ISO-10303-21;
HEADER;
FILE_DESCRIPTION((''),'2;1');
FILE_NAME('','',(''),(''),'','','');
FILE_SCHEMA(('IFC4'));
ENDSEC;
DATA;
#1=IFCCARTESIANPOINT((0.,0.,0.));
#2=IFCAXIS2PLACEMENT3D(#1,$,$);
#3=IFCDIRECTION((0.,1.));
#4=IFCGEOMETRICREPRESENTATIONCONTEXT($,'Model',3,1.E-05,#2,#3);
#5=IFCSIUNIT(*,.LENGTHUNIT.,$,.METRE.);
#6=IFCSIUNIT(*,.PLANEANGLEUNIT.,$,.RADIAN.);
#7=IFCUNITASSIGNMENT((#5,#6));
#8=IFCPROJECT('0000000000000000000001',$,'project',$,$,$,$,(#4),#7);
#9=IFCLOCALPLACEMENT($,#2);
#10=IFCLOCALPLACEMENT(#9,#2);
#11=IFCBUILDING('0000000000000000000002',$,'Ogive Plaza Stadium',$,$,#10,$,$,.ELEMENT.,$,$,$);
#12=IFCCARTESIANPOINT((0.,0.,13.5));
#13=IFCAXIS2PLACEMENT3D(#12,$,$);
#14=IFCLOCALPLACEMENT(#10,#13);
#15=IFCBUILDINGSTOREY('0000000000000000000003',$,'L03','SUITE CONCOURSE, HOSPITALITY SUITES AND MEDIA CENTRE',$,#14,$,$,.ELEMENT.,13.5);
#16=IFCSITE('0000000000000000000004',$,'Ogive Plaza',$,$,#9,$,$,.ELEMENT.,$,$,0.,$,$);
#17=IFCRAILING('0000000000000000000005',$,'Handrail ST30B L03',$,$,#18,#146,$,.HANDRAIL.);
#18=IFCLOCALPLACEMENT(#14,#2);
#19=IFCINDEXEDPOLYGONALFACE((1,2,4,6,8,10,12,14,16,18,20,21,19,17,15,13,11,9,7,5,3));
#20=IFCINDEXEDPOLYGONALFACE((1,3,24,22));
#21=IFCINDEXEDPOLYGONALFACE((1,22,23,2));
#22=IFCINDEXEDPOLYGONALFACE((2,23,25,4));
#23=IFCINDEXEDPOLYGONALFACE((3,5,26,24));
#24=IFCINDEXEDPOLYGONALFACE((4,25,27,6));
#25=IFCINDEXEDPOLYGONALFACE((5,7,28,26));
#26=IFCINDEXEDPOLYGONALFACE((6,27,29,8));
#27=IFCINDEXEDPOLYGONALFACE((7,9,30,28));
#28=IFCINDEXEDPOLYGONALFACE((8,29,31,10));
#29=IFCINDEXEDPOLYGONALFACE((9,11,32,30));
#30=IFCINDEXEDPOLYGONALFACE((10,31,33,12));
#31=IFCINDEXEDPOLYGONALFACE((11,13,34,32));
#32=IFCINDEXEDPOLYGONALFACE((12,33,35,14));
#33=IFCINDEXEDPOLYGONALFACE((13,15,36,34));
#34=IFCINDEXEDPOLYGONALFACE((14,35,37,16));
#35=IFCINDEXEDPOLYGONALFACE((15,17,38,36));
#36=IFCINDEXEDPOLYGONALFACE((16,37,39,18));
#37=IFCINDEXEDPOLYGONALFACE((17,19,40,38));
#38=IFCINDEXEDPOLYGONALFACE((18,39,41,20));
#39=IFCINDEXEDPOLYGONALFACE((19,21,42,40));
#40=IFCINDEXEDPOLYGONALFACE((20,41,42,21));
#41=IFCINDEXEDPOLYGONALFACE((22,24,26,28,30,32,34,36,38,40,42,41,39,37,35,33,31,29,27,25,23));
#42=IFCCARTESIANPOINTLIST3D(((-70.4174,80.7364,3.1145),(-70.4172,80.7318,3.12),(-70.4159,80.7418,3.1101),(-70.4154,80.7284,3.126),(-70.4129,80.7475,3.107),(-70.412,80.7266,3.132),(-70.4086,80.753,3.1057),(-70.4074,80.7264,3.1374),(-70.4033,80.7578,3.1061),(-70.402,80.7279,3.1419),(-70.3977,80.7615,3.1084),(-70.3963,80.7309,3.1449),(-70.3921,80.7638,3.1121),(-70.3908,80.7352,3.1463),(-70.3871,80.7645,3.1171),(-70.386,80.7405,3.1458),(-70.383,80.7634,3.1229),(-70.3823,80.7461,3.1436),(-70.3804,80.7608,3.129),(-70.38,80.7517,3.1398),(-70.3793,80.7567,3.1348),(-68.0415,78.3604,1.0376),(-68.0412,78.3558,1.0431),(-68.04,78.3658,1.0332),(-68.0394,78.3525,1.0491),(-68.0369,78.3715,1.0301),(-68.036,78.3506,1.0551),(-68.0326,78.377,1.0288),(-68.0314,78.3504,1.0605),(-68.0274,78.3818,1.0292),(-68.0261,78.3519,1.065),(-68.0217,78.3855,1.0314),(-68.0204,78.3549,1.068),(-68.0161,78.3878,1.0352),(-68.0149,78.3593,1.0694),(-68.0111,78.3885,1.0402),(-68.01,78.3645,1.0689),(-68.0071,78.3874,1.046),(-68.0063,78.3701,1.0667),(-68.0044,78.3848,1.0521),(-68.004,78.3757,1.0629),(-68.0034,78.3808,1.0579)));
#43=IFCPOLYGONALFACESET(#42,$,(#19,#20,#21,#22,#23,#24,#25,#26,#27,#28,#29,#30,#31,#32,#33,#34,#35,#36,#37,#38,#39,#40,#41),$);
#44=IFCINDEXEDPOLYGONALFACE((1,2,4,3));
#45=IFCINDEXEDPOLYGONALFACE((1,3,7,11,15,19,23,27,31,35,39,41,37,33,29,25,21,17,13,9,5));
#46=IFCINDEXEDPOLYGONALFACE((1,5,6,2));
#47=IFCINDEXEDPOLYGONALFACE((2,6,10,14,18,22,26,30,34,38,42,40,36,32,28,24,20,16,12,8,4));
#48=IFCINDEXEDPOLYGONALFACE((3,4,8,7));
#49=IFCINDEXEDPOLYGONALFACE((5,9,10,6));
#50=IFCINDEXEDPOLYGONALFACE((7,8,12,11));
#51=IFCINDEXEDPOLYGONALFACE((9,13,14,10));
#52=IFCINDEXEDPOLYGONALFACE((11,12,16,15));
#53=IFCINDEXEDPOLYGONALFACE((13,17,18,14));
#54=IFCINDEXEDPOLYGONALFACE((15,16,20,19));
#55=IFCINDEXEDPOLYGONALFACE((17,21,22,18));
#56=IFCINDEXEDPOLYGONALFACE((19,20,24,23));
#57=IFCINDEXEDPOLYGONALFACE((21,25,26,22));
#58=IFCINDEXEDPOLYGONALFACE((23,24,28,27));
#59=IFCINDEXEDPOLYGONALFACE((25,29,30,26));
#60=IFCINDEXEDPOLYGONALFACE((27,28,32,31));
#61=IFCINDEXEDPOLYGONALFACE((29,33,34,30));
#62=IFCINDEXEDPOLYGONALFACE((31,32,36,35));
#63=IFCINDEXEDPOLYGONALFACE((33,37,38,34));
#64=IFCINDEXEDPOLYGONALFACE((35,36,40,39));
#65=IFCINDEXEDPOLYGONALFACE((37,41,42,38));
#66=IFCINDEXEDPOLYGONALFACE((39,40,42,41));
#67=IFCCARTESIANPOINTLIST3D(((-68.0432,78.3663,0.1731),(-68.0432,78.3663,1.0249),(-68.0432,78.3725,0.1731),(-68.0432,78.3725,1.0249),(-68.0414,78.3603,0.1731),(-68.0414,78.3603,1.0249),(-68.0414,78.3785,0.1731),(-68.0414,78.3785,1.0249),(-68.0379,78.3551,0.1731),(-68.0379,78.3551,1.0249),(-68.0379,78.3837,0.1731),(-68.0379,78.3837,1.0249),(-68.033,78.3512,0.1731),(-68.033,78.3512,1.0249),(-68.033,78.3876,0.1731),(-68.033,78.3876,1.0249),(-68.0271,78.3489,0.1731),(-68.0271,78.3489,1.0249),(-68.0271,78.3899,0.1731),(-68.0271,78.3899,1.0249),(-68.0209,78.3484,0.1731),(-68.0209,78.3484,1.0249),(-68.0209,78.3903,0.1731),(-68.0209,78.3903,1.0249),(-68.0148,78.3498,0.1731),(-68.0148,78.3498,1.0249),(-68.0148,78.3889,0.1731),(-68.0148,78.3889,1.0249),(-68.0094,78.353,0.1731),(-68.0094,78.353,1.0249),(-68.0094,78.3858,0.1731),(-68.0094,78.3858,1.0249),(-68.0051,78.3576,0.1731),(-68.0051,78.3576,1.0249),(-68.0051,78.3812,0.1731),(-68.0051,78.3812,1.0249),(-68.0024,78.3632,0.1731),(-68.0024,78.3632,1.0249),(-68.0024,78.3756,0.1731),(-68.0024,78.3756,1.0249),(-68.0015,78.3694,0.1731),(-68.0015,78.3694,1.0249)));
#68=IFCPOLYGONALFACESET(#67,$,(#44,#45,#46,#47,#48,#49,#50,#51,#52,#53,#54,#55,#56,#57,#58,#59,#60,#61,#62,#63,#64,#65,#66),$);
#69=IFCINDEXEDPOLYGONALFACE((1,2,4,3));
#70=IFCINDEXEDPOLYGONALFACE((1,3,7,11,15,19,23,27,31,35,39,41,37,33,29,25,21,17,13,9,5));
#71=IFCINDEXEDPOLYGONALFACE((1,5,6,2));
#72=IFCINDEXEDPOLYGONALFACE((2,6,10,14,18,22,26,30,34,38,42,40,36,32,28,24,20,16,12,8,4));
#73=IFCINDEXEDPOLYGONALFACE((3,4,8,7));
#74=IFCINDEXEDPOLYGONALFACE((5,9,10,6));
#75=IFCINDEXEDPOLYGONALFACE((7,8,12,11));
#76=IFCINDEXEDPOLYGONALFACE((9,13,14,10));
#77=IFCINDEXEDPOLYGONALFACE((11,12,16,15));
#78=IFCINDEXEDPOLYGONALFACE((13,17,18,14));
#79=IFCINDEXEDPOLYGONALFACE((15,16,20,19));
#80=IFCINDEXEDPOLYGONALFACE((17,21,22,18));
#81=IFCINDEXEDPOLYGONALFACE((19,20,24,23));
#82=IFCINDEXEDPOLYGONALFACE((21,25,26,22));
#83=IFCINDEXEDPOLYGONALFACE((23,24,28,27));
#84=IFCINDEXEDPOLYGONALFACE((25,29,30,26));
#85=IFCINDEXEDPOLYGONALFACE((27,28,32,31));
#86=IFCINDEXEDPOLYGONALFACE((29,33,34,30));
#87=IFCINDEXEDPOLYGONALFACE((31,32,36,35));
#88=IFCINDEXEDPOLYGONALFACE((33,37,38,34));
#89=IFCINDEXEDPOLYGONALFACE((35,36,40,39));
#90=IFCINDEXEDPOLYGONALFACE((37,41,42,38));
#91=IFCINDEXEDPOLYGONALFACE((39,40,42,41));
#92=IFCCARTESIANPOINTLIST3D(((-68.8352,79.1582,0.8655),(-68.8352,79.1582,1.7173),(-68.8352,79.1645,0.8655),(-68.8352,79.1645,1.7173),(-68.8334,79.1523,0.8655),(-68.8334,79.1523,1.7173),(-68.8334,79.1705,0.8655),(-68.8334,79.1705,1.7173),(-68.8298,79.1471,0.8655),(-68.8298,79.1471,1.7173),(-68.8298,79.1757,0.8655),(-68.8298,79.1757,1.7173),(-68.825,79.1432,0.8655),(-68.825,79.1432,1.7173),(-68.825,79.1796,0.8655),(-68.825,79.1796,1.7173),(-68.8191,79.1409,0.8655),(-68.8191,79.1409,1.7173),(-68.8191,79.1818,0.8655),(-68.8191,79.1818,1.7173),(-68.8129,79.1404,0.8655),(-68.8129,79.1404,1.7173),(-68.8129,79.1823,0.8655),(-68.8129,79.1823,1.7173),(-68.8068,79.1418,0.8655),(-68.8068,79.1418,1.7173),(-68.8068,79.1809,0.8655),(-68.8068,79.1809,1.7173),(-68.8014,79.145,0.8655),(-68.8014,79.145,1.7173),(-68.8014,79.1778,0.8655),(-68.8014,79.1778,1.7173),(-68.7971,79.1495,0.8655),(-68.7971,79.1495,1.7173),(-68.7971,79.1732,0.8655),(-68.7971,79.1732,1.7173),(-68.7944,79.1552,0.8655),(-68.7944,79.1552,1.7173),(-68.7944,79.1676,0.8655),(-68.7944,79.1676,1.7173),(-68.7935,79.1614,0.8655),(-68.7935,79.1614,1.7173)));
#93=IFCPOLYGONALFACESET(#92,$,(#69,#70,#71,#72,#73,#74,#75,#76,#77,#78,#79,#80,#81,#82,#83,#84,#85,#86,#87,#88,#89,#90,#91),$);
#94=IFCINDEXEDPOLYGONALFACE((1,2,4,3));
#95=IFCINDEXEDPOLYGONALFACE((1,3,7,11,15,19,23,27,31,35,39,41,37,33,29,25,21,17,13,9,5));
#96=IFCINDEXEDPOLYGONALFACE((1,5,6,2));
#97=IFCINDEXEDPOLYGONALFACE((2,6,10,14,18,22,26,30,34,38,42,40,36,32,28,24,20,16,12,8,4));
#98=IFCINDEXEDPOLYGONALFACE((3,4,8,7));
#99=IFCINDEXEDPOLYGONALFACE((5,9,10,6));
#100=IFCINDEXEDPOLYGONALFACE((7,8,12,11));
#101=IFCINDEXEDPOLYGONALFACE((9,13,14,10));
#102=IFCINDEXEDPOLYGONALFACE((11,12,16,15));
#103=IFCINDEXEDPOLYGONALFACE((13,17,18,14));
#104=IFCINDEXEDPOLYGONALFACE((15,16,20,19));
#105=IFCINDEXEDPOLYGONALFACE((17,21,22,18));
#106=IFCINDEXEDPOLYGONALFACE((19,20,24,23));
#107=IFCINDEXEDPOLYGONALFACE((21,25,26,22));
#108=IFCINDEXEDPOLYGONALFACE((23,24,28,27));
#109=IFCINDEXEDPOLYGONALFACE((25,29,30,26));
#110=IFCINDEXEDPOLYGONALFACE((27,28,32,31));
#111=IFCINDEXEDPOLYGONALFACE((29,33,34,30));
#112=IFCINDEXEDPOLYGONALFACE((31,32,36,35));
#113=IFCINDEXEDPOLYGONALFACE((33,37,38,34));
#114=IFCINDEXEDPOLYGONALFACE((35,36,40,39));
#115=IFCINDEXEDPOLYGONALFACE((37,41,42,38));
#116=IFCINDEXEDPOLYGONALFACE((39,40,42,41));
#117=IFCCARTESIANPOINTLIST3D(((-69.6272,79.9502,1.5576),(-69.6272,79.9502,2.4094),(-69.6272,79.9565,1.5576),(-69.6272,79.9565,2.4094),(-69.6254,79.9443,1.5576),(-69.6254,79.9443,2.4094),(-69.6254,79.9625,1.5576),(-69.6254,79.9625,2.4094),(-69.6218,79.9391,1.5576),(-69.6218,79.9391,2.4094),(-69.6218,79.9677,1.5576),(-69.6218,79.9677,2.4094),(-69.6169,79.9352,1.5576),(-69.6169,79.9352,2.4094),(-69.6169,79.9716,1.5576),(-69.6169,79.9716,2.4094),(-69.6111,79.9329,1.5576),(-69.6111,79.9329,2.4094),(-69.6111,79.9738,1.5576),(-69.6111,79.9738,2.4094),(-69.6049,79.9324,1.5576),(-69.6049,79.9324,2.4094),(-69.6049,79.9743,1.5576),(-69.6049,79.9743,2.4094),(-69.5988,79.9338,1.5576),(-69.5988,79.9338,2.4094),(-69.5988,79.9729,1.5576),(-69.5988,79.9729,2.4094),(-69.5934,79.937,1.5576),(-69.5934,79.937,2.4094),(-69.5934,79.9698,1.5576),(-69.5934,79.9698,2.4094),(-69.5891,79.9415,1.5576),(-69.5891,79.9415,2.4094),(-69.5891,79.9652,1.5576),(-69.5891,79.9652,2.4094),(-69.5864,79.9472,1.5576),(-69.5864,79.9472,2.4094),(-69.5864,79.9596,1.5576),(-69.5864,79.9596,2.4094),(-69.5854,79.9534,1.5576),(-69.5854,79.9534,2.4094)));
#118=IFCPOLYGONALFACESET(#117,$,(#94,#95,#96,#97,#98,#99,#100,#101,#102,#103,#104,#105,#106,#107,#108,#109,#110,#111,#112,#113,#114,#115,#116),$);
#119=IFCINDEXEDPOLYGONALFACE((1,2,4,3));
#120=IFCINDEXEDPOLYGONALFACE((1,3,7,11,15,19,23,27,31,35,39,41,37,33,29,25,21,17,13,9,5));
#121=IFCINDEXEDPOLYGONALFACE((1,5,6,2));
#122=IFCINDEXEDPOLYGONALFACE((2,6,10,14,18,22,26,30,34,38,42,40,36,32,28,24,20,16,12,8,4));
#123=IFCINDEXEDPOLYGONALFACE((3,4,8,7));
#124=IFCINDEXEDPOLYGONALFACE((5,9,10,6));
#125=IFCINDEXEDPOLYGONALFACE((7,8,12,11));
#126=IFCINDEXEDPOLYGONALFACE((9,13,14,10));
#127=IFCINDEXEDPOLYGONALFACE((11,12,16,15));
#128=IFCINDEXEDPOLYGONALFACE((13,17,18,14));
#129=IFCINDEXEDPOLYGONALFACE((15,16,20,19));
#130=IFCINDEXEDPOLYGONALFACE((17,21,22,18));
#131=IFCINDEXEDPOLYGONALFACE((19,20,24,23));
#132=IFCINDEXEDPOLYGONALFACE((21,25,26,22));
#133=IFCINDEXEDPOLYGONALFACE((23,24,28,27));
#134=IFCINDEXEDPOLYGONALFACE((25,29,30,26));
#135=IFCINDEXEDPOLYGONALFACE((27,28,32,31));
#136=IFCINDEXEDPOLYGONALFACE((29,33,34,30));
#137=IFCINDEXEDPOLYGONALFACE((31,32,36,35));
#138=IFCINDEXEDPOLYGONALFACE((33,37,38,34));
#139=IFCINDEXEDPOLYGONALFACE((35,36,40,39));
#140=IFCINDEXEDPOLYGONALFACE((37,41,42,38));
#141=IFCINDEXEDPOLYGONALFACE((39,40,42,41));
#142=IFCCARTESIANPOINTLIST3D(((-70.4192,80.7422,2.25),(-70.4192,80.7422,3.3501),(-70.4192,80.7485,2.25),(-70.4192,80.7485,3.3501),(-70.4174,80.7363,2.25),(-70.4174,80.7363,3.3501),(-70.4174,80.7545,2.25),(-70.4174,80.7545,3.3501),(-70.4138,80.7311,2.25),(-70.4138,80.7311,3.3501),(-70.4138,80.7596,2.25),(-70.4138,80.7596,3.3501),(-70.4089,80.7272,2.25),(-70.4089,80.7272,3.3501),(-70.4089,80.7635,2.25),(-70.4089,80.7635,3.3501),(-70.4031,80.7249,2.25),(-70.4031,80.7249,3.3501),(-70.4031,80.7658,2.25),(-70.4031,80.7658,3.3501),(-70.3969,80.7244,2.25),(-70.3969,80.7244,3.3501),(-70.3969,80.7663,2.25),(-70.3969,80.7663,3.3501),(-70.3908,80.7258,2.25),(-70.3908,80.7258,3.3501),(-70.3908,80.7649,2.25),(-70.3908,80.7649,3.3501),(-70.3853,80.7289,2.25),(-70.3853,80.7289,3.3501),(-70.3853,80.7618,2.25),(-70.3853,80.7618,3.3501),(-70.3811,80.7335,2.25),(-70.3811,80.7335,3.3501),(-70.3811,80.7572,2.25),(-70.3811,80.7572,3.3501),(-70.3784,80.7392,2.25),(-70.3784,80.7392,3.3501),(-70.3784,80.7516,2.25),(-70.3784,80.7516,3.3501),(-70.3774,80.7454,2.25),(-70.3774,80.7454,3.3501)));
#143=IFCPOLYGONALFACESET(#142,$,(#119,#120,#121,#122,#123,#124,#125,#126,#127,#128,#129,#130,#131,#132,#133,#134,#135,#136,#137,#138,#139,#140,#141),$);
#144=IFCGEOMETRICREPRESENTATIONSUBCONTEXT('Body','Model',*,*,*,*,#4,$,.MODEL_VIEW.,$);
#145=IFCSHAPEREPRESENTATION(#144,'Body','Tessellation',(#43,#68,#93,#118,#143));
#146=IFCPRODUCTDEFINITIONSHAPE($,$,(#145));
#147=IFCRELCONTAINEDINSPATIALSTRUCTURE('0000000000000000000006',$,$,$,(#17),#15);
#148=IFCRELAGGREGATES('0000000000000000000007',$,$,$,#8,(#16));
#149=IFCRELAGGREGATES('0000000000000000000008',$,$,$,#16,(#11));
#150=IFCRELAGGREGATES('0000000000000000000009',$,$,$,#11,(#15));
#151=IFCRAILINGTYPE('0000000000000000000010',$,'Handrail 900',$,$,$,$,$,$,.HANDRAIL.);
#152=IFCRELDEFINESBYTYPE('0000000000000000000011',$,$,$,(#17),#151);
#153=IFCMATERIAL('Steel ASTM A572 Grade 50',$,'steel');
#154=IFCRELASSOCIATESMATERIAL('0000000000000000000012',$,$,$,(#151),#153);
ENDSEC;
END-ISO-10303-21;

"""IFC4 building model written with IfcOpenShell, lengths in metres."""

from ifc_helpers import new_model, si_unit, direction, frame, origin, origin_2d, place, context, subcontext, project, spatial, circle, extrude, material, type_object, element, save


model = new_model("IFC4")

# Units and contexts
model_context = context("Model", 3, precision=1e-05, world=origin(), true_north=direction((0.0, 1.0)))
body_context = subcontext(model_context, "Body", "Model", "MODEL_VIEW")
ifc_project = project(units=[si_unit("LENGTHUNIT", "METRE"), si_unit("PLANEANGLEUNIT", "RADIAN")], contexts=[model_context])

# Site, building, storey
site_placement = place(None, origin())
site = spatial("IfcSite", under=ifc_project, at=site_placement, Name="Ogive Plaza", CompositionType="ELEMENT", RefElevation=0.0)
building_placement = place(site_placement, origin())
building = spatial("IfcBuilding", under=site, at=building_placement, Name="Ogive Plaza Stadium", CompositionType="ELEMENT")
storey_placement = place(building_placement, frame((0.0, 0.0, 13.5)))
storey = spatial("IfcBuildingStorey", under=building, at=storey_placement, Name="L03", Description="SUITE CONCOURSE, HOSPITALITY SUITES AND MEDIA CENTRE", CompositionType="ELEMENT", Elevation=13.5)

# Railing
ifc_material_1 = material(Name="Steel ASTM A572 Grade 50", Category="steel")
railing_type_1 = type_object("IfcRailingType", Name="Handrail 900", PredefinedType="HANDRAIL", material=ifc_material_1)
railing_1_placement = place(storey_placement, frame((-68.0225, 78.3694, 0.1731)))
element("IfcRailing", 1, at=railing_1_placement, inside=storey, type_object=railing_type_1, Name="Handrail ST30B L03", PredefinedType="HANDRAIL", context=body_context, shape_type="SweptSolid", body=[
    extrude(circle(Radius=0.0239, at=origin_2d()), frame((0.0, 0.0, 0.876), z_axis=(-0.601483, 0.601483, 0.525772), x_axis=(-0.707107, -0.707107, 0.0)), (0.0, 0.0, 1.0), 3.9502),
    extrude(circle(Radius=0.021, at=origin_2d()), origin(), (0.0, 0.0, 1.0), 0.8518),
    extrude(circle(Radius=0.021, at=origin_2d()), frame((-0.792, 0.792, 0.6924)), (0.0, 0.0, 1.0), 0.8518),
    extrude(circle(Radius=0.021, at=origin_2d()), frame((-1.584, 1.584, 1.3845)), (0.0, 0.0, 1.0), 0.8518),
    extrude(circle(Radius=0.021, at=origin_2d()), frame((-2.376, 2.376, 2.0769)), (0.0, 0.0, 1.0), 1.1001),
])

save(model, "model.ifc")
